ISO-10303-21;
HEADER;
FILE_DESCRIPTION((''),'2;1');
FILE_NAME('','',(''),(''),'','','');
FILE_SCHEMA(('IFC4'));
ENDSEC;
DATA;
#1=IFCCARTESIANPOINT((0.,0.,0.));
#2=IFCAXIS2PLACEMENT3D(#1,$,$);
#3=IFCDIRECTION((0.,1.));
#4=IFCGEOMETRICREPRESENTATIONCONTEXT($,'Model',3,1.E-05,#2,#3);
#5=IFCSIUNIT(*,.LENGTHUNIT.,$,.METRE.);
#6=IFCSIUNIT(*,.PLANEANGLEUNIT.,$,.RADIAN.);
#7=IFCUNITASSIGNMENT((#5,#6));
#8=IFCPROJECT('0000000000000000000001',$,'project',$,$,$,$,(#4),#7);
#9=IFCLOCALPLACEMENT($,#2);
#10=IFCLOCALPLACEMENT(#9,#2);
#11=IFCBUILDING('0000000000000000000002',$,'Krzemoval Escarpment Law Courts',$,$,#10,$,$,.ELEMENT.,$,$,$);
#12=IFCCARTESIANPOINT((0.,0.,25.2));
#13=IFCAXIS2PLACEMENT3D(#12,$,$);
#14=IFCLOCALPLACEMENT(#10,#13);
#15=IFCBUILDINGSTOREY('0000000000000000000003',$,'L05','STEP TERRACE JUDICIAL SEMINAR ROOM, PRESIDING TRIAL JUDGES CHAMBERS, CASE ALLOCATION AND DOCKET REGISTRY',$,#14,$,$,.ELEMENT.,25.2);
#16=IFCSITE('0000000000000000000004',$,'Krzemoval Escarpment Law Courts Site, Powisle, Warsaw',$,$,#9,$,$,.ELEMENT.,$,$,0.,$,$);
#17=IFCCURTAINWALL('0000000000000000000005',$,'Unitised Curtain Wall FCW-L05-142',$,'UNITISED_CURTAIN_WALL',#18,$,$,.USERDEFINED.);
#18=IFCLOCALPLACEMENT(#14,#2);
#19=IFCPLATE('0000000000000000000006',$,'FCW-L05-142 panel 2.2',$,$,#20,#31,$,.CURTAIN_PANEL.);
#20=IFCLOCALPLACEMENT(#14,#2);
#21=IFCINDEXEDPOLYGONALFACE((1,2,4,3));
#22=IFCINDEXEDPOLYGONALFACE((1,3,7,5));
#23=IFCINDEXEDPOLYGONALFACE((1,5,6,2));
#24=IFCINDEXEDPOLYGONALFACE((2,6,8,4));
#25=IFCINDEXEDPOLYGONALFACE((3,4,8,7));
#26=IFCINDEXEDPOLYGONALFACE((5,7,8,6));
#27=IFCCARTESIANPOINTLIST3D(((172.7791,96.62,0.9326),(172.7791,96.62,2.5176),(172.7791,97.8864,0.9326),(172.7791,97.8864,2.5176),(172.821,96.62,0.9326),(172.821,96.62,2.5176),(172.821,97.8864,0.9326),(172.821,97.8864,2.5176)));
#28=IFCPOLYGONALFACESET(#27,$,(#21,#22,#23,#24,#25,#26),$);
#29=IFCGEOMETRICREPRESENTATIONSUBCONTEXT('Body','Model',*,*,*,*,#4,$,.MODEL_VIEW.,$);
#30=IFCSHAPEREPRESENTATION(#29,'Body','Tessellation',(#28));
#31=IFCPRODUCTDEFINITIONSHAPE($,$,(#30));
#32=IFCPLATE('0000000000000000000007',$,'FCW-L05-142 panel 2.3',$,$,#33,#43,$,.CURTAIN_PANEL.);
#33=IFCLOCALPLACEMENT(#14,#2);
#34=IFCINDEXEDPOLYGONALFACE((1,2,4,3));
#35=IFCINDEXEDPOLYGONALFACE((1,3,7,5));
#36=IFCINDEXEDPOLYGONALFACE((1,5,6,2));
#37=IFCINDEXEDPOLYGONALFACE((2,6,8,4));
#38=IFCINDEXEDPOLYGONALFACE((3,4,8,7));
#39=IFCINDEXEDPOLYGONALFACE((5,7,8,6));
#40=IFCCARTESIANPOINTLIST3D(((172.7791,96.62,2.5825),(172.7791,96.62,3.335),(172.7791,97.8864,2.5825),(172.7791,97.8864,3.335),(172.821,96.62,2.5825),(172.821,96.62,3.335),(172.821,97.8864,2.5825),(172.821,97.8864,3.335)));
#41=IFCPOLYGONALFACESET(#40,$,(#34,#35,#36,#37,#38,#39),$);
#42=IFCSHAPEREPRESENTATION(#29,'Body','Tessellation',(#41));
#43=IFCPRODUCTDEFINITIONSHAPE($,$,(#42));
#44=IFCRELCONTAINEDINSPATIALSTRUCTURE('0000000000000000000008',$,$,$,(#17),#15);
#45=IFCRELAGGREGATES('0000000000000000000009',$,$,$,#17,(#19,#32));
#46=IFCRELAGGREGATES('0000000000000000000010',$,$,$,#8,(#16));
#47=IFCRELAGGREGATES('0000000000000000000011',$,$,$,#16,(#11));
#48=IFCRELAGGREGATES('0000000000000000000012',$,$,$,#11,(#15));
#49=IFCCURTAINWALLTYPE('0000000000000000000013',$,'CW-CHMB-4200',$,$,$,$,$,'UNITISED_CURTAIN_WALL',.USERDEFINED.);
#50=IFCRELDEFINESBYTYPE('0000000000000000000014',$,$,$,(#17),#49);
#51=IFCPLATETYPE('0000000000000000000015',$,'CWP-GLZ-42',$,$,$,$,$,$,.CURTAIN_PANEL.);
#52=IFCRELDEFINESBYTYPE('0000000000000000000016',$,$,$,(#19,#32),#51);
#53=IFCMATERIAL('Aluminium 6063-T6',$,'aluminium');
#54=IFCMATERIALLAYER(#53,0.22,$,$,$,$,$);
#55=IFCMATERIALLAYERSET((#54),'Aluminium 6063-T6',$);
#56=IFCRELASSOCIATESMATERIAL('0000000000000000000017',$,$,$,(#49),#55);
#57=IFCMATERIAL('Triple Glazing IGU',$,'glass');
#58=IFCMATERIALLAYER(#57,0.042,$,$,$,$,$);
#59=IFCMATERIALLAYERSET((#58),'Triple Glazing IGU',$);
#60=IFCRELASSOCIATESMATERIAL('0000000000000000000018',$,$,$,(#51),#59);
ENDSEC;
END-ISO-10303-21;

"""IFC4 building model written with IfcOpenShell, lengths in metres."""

from ifc_helpers import new_model, si_unit, direction, frame, origin, origin_2d, place, context, subcontext, project, spatial, rectangle, extrude, material, layer, layer_set, type_object, element, aggregate, save


model = new_model("IFC4")

# Units and contexts
model_context = context("Model", 3, precision=1e-05, world=origin(), true_north=direction((0.0, 1.0)))
body_context = subcontext(model_context, "Body", "Model", "MODEL_VIEW")
ifc_project = project(units=[si_unit("LENGTHUNIT", "METRE"), si_unit("PLANEANGLEUNIT", "RADIAN")], contexts=[model_context])

# Site, building, storey
site_placement = place(None, origin())
site = spatial("IfcSite", under=ifc_project, at=site_placement, Name="Krzemoval Escarpment Law Courts Site, Powisle, Warsaw", CompositionType="ELEMENT", RefElevation=0.0)
building_placement = place(site_placement, origin())
building = spatial("IfcBuilding", under=site, at=building_placement, Name="Krzemoval Escarpment Law Courts", CompositionType="ELEMENT")
storey_placement = place(building_placement, frame((0.0, 0.0, 25.2)))
storey = spatial("IfcBuildingStorey", under=building, at=storey_placement, Name="L05", Description="STEP TERRACE JUDICIAL SEMINAR ROOM, PRESIDING TRIAL JUDGES CHAMBERS, CASE ALLOCATION AND DOCKET REGISTRY", CompositionType="ELEMENT", Elevation=25.2)

# Curtain wall
ifc_material_1 = material(Name="Aluminium 6063-T6", Category="aluminium")
ifc_layer_1 = layer(ifc_material_1, 0.22)
ifc_layer_set_1 = layer_set([ifc_layer_1], Name="Aluminium 6063-T6")
curtain_wall_type = type_object("IfcCurtainWallType", Name="CW-CHMB-4200", ElementType="UNITISED_CURTAIN_WALL", PredefinedType="USERDEFINED", material=ifc_layer_set_1)
curtain_wall_placement = place(storey_placement, origin())
curtain_wall = element("IfcCurtainWall", 1, at=curtain_wall_placement, inside=storey, type_object=curtain_wall_type, Name="Unitised Curtain Wall FCW-L05-142", ObjectType="UNITISED_CURTAIN_WALL", PredefinedType="USERDEFINED")

# Plates
ifc_material_2 = material(Name="Triple Glazing IGU", Category="glass")
ifc_layer_2 = layer(ifc_material_2, 0.042)
ifc_layer_set_2 = layer_set([ifc_layer_2], Name="Triple Glazing IGU")
plate_type = type_object("IfcPlateType", Name="CWP-GLZ-42", PredefinedType="CURTAIN_PANEL", material=ifc_layer_set_2)
plate_1_placement = place(storey_placement, frame((172.8, 97.2532, 0.9326), z_axis=(0.0, 0.0, 1.0), x_axis=(0.0, -1.0, 0.0)))
plate_1 = element("IfcPlate", 2, at=plate_1_placement, type_object=plate_type, Name="FCW-L05-142 panel 2.2", PredefinedType="CURTAIN_PANEL", context=body_context, shape_type="SweptSolid", body=[
    extrude(rectangle(XDim=1.2664, YDim=0.042, at=origin_2d()), origin(), (0.0, 0.0, 1.0), 1.585),
])
plate_2_placement = place(storey_placement, frame((172.8, 97.2532, 2.5825), z_axis=(0.0, 0.0, 1.0), x_axis=(0.0, -1.0, 0.0)))
plate_2 = element("IfcPlate", 3, at=plate_2_placement, type_object=plate_type, Name="FCW-L05-142 panel 2.3", PredefinedType="CURTAIN_PANEL", context=body_context, shape_type="SweptSolid", body=[
    extrude(rectangle(XDim=1.2664, YDim=0.042, at=origin_2d()), origin(), (0.0, 0.0, 1.0), 0.7524),
])
aggregate(curtain_wall, [plate_1, plate_2])

save(model, "model.ifc")
